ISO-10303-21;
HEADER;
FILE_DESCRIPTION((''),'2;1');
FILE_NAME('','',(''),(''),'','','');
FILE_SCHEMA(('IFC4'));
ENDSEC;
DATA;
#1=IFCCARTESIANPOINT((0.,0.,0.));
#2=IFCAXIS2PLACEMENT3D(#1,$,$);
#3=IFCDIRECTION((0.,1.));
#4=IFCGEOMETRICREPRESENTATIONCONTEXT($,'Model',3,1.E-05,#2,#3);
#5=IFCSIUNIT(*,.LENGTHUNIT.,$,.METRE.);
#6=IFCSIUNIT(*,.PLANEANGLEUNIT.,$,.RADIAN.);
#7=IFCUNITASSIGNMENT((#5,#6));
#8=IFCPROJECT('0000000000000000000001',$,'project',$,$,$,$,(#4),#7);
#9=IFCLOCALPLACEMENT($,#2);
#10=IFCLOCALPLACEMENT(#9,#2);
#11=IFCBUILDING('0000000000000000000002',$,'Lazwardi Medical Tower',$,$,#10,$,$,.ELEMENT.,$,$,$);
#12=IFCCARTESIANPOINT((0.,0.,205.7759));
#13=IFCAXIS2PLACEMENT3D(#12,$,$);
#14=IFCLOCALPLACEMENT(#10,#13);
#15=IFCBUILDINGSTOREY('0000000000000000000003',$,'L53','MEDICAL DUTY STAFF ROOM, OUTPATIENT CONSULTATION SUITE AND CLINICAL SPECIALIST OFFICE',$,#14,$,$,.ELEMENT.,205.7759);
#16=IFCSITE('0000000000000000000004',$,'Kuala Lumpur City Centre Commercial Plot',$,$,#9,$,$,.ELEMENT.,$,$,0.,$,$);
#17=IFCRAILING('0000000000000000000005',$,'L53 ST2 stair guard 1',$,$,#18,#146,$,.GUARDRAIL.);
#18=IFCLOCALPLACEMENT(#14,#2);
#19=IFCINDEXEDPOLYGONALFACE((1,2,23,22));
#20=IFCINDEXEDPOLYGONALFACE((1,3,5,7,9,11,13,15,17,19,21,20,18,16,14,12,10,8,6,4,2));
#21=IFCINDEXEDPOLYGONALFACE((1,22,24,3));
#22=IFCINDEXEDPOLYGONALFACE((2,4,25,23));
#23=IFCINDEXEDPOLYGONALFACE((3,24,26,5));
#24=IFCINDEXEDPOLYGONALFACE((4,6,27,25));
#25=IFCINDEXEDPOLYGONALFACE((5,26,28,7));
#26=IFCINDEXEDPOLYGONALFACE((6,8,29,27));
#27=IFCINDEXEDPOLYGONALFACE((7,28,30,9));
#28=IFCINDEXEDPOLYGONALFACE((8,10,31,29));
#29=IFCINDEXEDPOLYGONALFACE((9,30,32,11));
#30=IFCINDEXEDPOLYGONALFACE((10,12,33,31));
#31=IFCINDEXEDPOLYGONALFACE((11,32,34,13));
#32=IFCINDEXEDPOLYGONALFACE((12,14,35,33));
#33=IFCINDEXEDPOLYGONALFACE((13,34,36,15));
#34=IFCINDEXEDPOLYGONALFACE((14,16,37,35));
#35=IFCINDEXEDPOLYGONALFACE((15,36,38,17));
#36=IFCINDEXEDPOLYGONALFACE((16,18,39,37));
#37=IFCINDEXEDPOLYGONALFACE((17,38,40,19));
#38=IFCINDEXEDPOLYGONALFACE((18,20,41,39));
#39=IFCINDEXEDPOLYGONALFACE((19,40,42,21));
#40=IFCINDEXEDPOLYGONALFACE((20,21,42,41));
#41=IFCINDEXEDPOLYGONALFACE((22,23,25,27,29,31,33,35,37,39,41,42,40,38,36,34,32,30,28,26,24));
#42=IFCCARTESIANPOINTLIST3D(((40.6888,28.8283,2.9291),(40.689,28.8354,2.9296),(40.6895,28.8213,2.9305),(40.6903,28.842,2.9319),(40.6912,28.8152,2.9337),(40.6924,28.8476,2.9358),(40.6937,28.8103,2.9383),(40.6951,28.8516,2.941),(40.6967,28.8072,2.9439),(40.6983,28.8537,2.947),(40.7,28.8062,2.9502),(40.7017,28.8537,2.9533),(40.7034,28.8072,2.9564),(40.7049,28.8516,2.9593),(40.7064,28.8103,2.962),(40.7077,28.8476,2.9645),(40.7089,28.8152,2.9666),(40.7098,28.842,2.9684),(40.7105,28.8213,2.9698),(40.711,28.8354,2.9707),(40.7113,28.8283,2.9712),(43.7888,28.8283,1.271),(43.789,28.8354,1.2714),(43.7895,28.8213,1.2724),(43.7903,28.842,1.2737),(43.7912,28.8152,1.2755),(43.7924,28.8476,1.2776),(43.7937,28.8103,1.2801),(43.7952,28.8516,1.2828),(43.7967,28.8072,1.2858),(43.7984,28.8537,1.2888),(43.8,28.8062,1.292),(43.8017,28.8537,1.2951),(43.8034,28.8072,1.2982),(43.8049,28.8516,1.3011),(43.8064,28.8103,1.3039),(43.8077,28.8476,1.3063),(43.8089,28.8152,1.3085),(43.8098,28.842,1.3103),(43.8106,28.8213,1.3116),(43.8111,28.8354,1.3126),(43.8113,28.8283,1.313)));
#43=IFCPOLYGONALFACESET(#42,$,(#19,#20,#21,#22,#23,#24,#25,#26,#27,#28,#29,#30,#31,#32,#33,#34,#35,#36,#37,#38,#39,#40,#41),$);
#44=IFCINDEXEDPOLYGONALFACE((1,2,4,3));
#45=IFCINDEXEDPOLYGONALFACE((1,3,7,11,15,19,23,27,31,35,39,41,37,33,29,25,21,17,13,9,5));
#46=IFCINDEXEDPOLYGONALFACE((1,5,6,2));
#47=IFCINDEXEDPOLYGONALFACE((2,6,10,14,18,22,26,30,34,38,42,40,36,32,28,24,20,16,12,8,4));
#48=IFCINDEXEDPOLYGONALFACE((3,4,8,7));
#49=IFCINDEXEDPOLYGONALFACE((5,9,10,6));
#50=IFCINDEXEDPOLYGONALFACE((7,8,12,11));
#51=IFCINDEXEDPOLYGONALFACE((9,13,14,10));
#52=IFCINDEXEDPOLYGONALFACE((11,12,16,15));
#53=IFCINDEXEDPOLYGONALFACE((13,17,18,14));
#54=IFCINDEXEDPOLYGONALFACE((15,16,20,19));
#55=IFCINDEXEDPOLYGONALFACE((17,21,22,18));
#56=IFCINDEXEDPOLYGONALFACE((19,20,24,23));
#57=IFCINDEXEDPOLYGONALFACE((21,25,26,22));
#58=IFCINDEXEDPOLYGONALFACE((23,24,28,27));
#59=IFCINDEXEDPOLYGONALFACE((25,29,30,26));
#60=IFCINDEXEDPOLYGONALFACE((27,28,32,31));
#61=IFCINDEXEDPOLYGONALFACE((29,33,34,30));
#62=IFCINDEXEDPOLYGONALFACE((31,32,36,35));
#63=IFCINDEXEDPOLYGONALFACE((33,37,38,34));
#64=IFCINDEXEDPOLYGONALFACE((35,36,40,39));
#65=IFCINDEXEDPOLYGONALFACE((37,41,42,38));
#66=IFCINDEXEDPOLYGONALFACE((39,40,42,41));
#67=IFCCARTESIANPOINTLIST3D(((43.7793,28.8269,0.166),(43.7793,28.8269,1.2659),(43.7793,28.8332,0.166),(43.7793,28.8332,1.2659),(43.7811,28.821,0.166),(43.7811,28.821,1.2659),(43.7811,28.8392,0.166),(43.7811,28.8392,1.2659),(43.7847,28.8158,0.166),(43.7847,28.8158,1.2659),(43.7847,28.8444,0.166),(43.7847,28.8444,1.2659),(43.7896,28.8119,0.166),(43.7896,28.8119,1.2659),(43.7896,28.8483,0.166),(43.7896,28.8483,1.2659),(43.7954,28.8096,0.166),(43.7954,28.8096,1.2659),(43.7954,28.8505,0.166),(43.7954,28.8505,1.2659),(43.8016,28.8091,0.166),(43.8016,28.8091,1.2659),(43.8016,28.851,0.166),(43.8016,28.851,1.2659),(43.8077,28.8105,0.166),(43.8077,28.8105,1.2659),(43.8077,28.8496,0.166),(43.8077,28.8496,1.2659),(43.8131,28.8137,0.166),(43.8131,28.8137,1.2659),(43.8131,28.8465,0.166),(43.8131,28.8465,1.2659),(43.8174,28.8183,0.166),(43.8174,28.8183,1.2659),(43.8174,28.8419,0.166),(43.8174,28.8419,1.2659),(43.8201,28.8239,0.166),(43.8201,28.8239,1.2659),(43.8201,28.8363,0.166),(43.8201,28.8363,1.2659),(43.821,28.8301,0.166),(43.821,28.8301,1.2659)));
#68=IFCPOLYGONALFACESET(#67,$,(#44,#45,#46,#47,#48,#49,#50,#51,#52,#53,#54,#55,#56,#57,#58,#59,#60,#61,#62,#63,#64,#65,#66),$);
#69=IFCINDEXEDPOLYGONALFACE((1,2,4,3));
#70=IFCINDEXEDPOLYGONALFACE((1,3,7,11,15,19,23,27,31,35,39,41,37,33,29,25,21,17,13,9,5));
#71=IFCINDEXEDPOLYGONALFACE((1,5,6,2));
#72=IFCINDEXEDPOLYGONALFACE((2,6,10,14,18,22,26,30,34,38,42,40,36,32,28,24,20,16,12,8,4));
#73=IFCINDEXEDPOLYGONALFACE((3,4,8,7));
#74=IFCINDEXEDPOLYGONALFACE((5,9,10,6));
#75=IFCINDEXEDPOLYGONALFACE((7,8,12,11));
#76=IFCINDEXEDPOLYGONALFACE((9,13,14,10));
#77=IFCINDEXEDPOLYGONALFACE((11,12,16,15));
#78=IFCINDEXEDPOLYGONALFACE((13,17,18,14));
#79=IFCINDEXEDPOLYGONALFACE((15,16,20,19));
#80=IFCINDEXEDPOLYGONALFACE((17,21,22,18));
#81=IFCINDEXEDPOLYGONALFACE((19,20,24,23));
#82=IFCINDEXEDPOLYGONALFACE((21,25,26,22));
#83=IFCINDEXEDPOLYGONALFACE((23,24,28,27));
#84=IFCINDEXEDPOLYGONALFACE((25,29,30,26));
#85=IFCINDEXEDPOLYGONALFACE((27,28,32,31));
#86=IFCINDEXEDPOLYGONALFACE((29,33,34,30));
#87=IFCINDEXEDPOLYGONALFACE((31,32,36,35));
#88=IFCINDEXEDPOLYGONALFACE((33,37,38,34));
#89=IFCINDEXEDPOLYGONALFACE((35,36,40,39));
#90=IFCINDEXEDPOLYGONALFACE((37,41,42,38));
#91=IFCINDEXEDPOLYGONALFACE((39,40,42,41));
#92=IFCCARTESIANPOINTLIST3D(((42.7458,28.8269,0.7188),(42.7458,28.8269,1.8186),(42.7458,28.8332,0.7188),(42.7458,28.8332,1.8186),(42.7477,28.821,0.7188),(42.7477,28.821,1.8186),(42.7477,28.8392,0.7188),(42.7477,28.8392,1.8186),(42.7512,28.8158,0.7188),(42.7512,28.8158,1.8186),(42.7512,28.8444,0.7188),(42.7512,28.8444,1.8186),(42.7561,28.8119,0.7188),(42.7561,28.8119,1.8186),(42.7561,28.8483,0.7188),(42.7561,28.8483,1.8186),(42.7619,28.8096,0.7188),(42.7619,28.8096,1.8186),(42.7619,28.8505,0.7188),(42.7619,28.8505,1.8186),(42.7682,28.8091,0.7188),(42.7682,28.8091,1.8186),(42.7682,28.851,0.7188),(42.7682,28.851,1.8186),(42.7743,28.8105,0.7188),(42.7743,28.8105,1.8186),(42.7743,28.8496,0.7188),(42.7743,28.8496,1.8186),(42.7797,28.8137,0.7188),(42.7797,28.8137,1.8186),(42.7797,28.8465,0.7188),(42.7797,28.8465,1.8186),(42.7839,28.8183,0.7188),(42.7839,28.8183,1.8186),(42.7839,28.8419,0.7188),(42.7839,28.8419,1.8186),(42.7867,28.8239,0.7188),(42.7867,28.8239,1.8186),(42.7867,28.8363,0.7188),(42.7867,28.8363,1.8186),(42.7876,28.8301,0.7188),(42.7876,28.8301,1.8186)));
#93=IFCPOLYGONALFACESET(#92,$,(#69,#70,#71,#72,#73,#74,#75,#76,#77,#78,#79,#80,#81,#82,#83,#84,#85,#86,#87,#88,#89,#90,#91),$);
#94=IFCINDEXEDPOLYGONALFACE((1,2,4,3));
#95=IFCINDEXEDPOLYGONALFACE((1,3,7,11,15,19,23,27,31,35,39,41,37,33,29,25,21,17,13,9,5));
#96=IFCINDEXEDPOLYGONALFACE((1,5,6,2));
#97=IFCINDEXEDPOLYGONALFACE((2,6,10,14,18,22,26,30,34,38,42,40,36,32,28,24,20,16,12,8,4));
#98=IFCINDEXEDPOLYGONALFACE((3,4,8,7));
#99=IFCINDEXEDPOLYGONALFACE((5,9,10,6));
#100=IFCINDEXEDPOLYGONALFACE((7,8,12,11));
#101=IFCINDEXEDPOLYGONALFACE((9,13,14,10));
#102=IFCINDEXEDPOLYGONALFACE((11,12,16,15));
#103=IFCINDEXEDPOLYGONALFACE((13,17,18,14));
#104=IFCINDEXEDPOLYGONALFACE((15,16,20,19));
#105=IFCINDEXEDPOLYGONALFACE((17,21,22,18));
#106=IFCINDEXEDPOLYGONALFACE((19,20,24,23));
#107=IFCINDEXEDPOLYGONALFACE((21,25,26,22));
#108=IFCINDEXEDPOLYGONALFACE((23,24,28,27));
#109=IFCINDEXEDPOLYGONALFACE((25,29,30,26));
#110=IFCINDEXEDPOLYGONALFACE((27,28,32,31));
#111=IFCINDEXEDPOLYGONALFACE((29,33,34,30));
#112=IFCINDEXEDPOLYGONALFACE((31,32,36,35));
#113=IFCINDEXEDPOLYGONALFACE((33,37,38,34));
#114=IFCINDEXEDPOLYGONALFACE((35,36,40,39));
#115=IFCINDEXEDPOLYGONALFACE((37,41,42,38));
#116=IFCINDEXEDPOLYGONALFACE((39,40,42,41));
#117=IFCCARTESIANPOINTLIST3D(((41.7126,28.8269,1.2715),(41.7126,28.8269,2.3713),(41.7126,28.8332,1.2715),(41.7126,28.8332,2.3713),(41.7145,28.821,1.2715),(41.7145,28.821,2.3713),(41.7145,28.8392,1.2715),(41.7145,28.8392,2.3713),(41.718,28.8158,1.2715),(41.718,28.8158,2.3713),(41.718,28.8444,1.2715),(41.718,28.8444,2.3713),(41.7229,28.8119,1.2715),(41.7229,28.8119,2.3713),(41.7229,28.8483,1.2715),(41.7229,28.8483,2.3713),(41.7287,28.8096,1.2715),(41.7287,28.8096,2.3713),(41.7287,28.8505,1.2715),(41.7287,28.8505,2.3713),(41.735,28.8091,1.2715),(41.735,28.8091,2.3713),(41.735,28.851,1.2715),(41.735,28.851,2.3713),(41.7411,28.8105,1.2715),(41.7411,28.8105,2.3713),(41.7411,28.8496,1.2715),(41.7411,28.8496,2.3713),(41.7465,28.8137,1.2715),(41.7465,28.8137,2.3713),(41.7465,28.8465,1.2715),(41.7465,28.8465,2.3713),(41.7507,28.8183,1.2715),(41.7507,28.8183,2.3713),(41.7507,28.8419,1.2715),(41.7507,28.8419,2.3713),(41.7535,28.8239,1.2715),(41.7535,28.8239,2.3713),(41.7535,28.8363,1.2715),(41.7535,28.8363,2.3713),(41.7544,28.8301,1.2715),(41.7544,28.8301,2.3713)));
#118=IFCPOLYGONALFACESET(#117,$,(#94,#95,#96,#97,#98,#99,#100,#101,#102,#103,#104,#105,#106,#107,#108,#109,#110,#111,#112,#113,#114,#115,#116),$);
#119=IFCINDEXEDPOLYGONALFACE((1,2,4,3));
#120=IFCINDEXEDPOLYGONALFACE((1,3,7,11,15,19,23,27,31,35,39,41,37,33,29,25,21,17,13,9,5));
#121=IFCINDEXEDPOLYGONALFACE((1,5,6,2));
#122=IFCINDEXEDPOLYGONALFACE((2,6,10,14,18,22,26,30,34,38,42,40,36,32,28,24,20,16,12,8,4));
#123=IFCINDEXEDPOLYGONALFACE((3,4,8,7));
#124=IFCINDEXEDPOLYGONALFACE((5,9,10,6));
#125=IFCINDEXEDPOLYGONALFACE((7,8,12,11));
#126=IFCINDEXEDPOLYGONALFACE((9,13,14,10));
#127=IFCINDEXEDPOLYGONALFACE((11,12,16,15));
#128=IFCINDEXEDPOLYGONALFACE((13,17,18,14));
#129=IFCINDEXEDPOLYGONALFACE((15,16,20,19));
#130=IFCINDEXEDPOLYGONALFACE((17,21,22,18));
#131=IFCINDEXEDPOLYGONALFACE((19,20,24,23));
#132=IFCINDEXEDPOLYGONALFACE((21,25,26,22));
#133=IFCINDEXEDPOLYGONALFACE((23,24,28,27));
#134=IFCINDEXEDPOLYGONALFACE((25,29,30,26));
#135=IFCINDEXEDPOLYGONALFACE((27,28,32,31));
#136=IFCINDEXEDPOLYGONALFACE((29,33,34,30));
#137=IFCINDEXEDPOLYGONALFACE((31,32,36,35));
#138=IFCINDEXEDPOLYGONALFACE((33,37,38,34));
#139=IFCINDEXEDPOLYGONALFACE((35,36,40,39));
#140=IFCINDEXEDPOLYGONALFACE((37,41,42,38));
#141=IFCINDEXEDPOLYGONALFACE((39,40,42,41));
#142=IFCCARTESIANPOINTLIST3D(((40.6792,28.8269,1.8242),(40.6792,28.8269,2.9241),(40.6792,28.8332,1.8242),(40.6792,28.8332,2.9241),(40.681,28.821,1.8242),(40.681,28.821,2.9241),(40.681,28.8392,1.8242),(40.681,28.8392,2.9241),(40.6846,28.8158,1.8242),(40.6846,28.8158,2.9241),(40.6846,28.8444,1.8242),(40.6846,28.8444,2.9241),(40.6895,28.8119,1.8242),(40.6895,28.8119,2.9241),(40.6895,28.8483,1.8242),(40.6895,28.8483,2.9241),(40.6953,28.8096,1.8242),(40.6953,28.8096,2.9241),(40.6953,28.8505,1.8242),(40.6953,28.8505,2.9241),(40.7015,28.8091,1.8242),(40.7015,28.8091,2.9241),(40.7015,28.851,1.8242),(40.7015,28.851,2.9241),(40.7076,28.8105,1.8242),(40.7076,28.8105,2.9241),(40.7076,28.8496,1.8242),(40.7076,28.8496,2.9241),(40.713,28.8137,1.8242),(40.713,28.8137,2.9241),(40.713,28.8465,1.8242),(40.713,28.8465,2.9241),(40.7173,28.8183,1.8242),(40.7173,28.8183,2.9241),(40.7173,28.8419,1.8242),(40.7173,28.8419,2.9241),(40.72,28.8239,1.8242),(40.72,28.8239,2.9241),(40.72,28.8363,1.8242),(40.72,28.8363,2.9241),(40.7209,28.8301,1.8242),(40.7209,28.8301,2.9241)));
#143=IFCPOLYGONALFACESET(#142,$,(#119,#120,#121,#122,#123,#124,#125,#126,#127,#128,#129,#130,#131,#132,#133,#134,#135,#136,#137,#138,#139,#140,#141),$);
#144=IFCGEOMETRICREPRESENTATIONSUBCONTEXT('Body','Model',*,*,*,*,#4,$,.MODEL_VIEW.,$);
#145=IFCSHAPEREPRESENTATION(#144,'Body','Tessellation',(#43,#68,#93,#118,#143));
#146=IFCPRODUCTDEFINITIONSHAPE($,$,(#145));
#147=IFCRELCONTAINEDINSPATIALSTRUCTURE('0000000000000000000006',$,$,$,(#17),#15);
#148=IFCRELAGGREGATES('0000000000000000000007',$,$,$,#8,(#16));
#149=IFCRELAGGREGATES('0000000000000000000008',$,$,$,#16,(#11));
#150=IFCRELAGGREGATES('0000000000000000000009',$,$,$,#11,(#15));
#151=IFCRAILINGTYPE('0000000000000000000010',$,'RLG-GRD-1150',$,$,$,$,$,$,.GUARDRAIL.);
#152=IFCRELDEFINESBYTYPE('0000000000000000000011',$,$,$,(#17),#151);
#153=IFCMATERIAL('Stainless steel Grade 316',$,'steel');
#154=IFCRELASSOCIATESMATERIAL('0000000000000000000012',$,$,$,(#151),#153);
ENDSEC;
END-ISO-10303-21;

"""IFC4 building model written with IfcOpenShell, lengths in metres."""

from ifc_helpers import new_model, si_unit, direction, frame, origin, origin_2d, place, context, subcontext, project, spatial, circle, extrude, material, type_object, element, save


model = new_model("IFC4")

# Units and contexts
model_context = context("Model", 3, precision=1e-05, world=origin(), true_north=direction((0.0, 1.0)))
body_context = subcontext(model_context, "Body", "Model", "MODEL_VIEW")
ifc_project = project(units=[si_unit("LENGTHUNIT", "METRE"), si_unit("PLANEANGLEUNIT", "RADIAN")], contexts=[model_context])

# Site, building, storey
site_placement = place(None, origin())
site = spatial("IfcSite", under=ifc_project, at=site_placement, Name="Kuala Lumpur City Centre Commercial Plot", CompositionType="ELEMENT", RefElevation=0.0)
building_placement = place(site_placement, origin())
building = spatial("IfcBuilding", under=site, at=building_placement, Name="Lazwardi Medical Tower", CompositionType="ELEMENT")
storey_placement = place(building_placement, frame((0.0, 0.0, 205.7759)))
storey = spatial("IfcBuildingStorey", under=building, at=storey_placement, Name="L53", Description="MEDICAL DUTY STAFF ROOM, OUTPATIENT CONSULTATION SUITE AND CLINICAL SPECIALIST OFFICE", CompositionType="ELEMENT", Elevation=205.7759)

# Railing
ifc_material_1 = material(Name="Stainless steel Grade 316", Category="steel")
railing_type_1 = type_object("IfcRailingType", Name="RLG-GRD-1150", PredefinedType="GUARDRAIL", material=ifc_material_1)
railing_1_placement = place(storey_placement, frame((43.8, 28.8301, 0.166)))
element("IfcRailing", 1, at=railing_1_placement, inside=storey, type_object=railing_type_1, Name="L53 ST2 stair guard 1", PredefinedType="GUARDRAIL", context=body_context, shape_type="SweptSolid", body=[
    extrude(circle(Radius=0.0239, at=origin_2d()), frame((0.0, 0.0, 1.126), z_axis=(-0.881783, 0.0, 0.471655), x_axis=(0.0, -1.0, 0.0)), (0.0, 0.0, 1.0), 3.5156),
    extrude(circle(Radius=0.021, at=origin_2d()), origin(), (0.0, 0.0, 1.0), 1.0999),
    extrude(circle(Radius=0.021, at=origin_2d()), frame((-1.0334, 0.0, 0.5527)), (0.0, 0.0, 1.0), 1.0999),
    extrude(circle(Radius=0.021, at=origin_2d()), frame((-2.0667, 0.0, 1.1055)), (0.0, 0.0, 1.0), 1.0999),
    extrude(circle(Radius=0.021, at=origin_2d()), frame((-3.1001, 0.0, 1.6582)), (0.0, 0.0, 1.0), 1.0999),
])

save(model, "model.ifc")
